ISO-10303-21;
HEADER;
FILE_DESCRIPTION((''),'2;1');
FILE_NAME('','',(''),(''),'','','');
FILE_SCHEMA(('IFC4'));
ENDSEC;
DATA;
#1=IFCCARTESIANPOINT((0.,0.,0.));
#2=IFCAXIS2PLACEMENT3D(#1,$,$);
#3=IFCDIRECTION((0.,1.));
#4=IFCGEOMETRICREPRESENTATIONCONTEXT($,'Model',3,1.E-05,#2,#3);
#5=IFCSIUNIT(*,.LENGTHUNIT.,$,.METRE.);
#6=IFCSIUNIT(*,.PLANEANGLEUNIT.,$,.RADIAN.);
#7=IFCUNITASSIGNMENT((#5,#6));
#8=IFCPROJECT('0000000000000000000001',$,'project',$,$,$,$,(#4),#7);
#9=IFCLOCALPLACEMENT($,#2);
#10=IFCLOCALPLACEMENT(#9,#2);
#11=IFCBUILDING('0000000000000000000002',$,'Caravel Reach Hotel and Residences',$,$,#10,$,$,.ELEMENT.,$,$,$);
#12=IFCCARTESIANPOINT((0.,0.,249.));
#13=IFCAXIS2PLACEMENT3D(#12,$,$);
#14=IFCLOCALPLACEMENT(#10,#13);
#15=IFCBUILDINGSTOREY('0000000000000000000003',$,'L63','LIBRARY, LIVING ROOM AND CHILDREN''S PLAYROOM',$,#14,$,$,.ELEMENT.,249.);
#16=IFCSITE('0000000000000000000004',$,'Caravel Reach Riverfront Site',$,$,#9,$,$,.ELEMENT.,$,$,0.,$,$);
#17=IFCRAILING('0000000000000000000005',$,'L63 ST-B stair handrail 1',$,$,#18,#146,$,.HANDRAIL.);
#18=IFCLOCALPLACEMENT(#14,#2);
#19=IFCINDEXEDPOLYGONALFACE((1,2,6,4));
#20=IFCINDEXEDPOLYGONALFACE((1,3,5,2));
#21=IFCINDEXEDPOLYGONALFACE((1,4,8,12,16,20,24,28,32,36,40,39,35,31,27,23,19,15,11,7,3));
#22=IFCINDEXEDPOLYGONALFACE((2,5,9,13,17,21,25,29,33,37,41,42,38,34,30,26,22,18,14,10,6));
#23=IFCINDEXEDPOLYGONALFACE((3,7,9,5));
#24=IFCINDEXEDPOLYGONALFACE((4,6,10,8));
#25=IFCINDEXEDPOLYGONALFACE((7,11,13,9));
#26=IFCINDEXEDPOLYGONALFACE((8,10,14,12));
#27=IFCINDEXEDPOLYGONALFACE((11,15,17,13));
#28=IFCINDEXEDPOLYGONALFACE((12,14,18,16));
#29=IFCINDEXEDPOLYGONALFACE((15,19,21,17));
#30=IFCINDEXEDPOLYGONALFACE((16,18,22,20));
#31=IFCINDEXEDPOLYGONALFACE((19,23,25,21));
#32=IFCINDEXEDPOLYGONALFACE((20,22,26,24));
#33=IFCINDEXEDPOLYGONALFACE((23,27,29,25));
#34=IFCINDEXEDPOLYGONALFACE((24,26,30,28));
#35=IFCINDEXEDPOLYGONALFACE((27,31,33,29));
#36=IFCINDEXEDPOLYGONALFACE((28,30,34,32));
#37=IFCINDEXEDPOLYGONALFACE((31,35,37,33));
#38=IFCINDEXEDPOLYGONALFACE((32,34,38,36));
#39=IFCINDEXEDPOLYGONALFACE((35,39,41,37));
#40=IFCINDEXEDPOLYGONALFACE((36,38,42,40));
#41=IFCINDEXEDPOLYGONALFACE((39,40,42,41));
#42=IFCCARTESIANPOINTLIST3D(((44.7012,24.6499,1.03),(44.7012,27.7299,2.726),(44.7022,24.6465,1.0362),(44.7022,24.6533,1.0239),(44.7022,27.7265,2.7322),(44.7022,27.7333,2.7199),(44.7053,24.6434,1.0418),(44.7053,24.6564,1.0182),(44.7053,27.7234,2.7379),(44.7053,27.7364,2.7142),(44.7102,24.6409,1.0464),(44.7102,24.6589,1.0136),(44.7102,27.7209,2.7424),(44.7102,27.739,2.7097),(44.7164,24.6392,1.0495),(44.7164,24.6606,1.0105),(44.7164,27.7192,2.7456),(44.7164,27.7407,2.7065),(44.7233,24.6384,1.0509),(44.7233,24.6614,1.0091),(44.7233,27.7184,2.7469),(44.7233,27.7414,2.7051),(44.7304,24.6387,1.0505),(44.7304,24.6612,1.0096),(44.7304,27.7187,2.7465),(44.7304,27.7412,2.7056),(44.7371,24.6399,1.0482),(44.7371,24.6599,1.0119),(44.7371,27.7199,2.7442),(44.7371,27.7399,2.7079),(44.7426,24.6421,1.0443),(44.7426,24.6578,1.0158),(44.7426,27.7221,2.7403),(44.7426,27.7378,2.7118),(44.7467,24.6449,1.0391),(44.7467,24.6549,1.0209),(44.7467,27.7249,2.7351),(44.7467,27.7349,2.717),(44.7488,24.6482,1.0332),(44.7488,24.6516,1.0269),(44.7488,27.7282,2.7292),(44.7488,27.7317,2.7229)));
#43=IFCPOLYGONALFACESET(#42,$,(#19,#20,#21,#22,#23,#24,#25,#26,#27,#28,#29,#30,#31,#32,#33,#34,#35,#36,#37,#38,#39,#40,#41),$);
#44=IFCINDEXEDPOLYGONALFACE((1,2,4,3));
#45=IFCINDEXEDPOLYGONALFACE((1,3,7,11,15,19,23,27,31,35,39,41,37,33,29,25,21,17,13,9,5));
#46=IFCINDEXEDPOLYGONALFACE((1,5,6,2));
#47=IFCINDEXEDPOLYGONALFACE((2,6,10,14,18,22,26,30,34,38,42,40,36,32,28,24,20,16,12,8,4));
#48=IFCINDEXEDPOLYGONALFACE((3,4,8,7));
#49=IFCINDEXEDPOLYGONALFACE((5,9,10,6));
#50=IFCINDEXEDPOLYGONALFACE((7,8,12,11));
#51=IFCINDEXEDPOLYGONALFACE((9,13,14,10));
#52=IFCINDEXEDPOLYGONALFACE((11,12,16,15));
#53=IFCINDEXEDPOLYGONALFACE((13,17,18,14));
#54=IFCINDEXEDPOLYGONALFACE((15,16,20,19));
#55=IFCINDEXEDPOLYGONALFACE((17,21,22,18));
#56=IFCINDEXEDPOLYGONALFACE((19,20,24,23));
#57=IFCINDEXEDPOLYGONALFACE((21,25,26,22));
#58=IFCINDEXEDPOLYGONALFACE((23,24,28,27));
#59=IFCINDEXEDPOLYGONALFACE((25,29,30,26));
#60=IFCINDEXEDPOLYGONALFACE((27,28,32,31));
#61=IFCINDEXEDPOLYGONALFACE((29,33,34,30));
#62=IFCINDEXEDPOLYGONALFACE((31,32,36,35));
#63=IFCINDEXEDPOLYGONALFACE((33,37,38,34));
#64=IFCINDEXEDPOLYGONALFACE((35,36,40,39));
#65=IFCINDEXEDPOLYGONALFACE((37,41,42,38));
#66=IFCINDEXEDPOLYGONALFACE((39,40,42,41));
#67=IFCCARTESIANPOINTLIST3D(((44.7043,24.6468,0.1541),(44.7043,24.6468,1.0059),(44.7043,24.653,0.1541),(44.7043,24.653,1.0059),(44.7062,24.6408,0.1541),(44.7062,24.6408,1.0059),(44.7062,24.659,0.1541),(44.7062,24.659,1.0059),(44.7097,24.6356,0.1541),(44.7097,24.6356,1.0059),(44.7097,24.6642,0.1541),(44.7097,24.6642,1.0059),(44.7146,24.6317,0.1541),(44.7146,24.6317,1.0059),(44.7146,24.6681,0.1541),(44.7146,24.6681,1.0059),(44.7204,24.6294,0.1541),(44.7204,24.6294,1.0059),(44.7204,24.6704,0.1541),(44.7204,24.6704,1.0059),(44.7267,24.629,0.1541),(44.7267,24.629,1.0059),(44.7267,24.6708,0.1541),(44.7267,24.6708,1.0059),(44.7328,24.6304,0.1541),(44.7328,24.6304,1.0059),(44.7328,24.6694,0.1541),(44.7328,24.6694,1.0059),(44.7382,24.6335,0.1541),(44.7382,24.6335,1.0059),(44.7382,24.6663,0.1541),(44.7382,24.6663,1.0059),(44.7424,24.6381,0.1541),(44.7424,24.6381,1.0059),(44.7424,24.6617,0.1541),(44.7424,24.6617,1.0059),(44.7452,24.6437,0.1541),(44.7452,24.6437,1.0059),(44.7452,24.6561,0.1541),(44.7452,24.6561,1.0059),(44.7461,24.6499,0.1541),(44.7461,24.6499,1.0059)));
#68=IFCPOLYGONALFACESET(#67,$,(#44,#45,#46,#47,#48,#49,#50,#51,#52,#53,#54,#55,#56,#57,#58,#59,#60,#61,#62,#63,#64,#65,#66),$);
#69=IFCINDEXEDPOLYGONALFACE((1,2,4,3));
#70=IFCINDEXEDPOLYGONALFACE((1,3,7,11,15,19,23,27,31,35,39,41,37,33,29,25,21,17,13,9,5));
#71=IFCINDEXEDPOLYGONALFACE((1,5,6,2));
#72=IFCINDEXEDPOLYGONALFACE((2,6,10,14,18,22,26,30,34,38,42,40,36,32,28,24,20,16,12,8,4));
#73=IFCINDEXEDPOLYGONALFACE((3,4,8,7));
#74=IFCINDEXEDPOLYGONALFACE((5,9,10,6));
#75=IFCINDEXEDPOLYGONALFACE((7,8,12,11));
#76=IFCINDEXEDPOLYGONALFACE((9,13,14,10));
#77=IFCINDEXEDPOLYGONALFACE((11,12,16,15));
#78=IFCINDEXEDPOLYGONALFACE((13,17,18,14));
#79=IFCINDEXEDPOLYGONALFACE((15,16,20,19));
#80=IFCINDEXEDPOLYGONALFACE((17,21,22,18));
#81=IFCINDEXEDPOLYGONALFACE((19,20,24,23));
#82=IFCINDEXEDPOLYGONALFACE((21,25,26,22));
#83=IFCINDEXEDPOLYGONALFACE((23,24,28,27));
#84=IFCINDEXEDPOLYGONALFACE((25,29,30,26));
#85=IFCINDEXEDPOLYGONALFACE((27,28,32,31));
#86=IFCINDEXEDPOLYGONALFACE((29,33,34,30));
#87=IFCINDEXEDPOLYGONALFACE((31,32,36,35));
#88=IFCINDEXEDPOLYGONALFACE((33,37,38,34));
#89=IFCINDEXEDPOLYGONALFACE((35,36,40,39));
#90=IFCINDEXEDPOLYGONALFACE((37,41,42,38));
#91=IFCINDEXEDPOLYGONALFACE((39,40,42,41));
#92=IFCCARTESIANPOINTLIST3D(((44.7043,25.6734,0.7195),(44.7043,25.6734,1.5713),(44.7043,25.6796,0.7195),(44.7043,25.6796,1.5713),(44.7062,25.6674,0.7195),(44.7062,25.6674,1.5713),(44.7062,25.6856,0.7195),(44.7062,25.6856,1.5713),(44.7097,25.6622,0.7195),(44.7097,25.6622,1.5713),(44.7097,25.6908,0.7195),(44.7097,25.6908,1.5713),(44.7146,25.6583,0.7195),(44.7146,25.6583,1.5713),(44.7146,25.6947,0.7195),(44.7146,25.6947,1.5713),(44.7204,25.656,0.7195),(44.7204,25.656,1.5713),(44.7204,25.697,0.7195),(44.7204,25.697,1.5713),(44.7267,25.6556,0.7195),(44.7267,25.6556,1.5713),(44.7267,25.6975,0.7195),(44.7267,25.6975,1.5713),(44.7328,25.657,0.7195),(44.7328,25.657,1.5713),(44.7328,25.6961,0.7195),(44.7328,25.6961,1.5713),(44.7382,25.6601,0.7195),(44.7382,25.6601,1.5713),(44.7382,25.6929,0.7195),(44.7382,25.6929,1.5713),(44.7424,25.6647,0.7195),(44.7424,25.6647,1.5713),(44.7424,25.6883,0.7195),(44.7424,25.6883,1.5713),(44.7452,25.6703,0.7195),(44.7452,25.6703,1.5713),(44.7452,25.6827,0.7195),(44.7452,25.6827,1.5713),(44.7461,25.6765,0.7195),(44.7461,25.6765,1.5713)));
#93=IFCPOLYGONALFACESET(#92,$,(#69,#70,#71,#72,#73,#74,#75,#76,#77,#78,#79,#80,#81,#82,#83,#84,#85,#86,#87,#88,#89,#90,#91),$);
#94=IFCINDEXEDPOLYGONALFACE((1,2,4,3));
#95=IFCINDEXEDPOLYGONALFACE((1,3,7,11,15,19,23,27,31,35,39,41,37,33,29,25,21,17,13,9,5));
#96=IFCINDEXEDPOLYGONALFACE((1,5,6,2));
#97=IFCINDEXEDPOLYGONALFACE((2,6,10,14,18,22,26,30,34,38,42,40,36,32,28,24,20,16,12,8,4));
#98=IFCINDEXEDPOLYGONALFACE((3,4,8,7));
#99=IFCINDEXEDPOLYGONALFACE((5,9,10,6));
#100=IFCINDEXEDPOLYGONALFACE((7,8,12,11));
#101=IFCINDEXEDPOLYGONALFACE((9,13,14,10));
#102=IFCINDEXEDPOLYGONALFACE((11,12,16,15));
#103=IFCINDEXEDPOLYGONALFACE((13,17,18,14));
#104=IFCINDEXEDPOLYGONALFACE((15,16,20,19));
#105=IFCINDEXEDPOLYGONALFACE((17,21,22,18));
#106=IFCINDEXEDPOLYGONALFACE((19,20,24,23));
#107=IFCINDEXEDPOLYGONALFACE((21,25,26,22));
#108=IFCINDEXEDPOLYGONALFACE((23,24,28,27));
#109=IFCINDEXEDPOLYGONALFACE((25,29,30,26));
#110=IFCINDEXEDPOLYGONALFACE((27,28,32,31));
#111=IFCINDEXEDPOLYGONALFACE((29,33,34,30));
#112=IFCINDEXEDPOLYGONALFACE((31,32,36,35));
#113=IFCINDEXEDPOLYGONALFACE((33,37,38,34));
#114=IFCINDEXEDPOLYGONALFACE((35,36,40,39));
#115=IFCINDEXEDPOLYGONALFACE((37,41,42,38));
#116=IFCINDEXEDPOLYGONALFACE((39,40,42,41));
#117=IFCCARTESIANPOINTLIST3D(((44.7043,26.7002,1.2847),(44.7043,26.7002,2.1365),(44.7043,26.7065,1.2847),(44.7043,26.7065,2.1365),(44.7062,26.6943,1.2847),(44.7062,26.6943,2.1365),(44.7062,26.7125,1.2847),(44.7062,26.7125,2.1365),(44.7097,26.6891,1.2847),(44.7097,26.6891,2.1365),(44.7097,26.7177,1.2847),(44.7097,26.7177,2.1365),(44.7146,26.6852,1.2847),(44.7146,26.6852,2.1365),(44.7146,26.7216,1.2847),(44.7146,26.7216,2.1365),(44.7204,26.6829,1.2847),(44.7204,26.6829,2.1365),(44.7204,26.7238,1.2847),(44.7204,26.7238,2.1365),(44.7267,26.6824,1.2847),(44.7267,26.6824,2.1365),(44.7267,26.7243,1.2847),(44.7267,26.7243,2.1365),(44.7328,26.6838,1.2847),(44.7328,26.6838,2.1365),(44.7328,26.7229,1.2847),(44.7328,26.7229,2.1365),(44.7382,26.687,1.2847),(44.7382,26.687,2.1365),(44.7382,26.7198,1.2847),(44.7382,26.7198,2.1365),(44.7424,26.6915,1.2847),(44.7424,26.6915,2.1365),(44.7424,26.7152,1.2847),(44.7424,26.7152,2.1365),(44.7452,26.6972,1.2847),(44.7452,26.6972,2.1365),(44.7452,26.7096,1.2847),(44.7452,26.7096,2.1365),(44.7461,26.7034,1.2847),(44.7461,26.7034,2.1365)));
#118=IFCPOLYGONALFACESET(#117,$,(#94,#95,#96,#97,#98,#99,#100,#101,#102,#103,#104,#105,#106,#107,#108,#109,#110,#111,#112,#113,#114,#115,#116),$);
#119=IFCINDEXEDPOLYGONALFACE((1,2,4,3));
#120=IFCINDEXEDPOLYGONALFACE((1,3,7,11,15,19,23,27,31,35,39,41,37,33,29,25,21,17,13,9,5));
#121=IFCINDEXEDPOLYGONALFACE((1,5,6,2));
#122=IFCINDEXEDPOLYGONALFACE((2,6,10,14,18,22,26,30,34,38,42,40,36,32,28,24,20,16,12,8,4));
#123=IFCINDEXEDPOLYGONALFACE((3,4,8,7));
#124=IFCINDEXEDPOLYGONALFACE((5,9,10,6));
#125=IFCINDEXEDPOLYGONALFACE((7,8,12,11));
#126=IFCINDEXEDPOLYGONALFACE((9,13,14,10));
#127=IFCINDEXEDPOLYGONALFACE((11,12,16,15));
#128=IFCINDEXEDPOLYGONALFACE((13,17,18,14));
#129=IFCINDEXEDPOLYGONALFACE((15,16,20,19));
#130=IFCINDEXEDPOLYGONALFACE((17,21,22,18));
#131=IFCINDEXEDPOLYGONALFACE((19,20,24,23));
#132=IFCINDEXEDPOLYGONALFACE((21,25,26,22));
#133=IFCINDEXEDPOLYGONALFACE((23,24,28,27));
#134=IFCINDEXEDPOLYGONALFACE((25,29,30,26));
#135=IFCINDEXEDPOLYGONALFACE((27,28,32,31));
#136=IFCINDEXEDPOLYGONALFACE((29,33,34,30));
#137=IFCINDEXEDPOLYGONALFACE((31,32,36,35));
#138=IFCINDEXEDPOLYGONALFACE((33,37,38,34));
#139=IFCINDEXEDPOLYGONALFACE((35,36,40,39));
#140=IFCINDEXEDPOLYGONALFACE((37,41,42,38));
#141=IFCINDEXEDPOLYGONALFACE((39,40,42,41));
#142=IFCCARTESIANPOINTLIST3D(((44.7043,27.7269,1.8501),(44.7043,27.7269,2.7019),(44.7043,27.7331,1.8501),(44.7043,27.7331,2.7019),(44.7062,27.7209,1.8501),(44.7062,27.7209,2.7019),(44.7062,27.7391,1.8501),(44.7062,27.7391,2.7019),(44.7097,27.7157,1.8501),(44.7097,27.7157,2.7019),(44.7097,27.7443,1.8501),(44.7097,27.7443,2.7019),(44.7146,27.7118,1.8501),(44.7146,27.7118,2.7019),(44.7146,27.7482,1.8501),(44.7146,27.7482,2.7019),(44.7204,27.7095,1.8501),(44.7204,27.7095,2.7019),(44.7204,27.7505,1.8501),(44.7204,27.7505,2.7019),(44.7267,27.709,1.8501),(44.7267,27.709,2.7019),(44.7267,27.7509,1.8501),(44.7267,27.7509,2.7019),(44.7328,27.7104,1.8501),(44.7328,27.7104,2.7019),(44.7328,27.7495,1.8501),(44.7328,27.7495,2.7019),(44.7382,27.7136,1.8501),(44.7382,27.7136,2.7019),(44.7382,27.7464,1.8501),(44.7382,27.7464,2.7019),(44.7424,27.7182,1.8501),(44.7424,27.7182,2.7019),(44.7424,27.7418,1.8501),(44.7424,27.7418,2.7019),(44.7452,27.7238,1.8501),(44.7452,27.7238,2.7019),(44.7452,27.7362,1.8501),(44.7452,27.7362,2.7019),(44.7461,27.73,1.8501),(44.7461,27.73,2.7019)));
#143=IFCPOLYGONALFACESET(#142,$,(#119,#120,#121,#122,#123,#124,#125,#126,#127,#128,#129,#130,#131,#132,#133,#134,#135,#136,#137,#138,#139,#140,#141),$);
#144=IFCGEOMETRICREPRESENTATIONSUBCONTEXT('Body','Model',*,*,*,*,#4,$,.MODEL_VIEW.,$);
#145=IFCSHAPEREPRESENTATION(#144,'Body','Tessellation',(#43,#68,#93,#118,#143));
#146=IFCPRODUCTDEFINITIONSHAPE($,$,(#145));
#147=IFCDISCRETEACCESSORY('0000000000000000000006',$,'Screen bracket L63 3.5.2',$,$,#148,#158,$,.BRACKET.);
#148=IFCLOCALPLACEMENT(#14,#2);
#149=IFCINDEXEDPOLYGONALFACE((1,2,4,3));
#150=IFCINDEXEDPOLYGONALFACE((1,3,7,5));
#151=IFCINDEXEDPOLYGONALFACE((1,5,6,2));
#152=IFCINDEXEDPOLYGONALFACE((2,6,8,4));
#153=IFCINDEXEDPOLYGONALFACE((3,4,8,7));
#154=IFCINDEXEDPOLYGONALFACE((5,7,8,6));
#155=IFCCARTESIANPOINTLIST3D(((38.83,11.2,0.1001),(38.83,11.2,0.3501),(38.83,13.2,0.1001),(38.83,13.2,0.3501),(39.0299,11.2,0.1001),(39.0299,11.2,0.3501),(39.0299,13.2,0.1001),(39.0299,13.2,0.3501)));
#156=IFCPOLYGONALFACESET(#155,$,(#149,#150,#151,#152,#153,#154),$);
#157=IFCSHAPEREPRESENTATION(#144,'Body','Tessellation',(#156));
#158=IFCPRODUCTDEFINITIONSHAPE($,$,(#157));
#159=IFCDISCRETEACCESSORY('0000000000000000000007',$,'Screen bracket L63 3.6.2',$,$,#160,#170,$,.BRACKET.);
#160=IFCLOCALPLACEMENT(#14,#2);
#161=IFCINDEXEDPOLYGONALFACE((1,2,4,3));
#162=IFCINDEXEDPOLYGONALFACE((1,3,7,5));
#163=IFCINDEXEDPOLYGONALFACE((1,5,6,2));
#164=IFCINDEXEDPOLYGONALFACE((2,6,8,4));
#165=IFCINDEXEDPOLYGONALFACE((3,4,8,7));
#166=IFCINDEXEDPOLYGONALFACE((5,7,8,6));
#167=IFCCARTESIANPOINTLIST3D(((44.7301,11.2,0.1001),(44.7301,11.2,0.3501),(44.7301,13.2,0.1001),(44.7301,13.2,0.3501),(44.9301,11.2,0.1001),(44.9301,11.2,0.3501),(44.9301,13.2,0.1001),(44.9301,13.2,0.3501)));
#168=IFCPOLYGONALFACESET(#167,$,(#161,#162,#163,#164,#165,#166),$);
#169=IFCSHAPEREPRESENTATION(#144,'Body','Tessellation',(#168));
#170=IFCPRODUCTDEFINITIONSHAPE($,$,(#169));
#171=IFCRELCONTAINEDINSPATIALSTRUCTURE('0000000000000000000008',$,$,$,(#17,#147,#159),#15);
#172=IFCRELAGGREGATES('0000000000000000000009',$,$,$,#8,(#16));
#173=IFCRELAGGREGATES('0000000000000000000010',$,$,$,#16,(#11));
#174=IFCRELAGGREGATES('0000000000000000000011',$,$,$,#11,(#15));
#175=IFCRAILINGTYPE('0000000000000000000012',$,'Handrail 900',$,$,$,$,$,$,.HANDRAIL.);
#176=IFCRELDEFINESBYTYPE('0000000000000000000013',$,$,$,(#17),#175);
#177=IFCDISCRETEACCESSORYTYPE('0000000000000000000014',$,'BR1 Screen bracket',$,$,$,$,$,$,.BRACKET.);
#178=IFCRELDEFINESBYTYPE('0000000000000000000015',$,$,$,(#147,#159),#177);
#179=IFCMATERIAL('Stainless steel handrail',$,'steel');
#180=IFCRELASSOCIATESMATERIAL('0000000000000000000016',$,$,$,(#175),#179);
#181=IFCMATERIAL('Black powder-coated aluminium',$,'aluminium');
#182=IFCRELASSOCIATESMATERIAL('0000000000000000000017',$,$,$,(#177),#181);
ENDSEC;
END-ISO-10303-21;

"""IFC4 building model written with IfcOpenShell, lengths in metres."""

from ifc_helpers import new_model, si_unit, direction, frame, origin, origin_2d, place, context, subcontext, project, spatial, rectangle, circle, extrude, material, type_object, element, save


model = new_model("IFC4")

# Units and contexts
model_context = context("Model", 3, precision=1e-05, world=origin(), true_north=direction((0.0, 1.0)))
body_context = subcontext(model_context, "Body", "Model", "MODEL_VIEW")
ifc_project = project(units=[si_unit("LENGTHUNIT", "METRE"), si_unit("PLANEANGLEUNIT", "RADIAN")], contexts=[model_context])

# Site, building, storey
site_placement = place(None, origin())
site = spatial("IfcSite", under=ifc_project, at=site_placement, Name="Caravel Reach Riverfront Site", CompositionType="ELEMENT", RefElevation=0.0)
building_placement = place(site_placement, origin())
building = spatial("IfcBuilding", under=site, at=building_placement, Name="Caravel Reach Hotel and Residences", CompositionType="ELEMENT")
storey_placement = place(building_placement, frame((0.0, 0.0, 249.0)))
storey = spatial("IfcBuildingStorey", under=building, at=storey_placement, Name="L63", Description="LIBRARY, LIVING ROOM AND CHILDREN'S PLAYROOM", CompositionType="ELEMENT", Elevation=249.0)

# Railing
ifc_material_1 = material(Name="Stainless steel handrail", Category="steel")
railing_type_1 = type_object("IfcRailingType", Name="Handrail 900", PredefinedType="HANDRAIL", material=ifc_material_1)
railing_1_placement = place(storey_placement, frame((44.7251, 24.6499, 0.1541)))
element("IfcRailing", 1, at=railing_1_placement, inside=storey, type_object=railing_type_1, Name="L63 ST-B stair handrail 1", PredefinedType="HANDRAIL", context=body_context, shape_type="SweptSolid", body=[
    extrude(circle(Radius=0.0239, at=origin_2d()), frame((0.0, 0.0, 0.876), z_axis=(0.0, 0.875975, 0.482356), x_axis=(-1.0, 0.0, 0.0)), (0.0, 0.0, 1.0), 3.5161),
    extrude(circle(Radius=0.021, at=origin_2d()), origin(), (0.0, 0.0, 1.0), 0.8518),
    extrude(circle(Radius=0.021, at=origin_2d()), frame((0.0, 1.0266, 0.5654)), (0.0, 0.0, 1.0), 0.8518),
    extrude(circle(Radius=0.021, at=origin_2d()), frame((0.0, 2.0535, 1.1306)), (0.0, 0.0, 1.0), 0.8518),
    extrude(circle(Radius=0.021, at=origin_2d()), frame((0.0, 3.0801, 1.696)), (0.0, 0.0, 1.0), 0.8518),
])

# Discrete accessories
ifc_material_2 = material(Name="Black powder-coated aluminium", Category="aluminium")
discrete_accessory_type = type_object("IfcDiscreteAccessoryType", Name="BR1 Screen bracket", PredefinedType="BRACKET", material=ifc_material_2)
for number, where, z_axis, x_axis, name in (
    (2, (38.9299, 12.2, 0.1001), (0.0, 0.0, 1.0), (0.0, -1.0, 0.0), "Screen bracket L63 3.5.2"),
    (3, (44.8301, 12.2, 0.1001), (0.0, 0.0, 1.0), (0.0, -1.0, 0.0), "Screen bracket L63 3.6.2"),
):
    element("IfcDiscreteAccessory", number, at=place(storey_placement, frame(where, z_axis=z_axis, x_axis=x_axis)), inside=storey, type_object=discrete_accessory_type, Name=name, PredefinedType="BRACKET", context=body_context, shape_type="SweptSolid", body=[
        extrude(rectangle(XDim=2.0, YDim=0.2, at=origin_2d()), origin(), (0.0, 0.0, 1.0), 0.25),
    ])

save(model, "model.ifc")
